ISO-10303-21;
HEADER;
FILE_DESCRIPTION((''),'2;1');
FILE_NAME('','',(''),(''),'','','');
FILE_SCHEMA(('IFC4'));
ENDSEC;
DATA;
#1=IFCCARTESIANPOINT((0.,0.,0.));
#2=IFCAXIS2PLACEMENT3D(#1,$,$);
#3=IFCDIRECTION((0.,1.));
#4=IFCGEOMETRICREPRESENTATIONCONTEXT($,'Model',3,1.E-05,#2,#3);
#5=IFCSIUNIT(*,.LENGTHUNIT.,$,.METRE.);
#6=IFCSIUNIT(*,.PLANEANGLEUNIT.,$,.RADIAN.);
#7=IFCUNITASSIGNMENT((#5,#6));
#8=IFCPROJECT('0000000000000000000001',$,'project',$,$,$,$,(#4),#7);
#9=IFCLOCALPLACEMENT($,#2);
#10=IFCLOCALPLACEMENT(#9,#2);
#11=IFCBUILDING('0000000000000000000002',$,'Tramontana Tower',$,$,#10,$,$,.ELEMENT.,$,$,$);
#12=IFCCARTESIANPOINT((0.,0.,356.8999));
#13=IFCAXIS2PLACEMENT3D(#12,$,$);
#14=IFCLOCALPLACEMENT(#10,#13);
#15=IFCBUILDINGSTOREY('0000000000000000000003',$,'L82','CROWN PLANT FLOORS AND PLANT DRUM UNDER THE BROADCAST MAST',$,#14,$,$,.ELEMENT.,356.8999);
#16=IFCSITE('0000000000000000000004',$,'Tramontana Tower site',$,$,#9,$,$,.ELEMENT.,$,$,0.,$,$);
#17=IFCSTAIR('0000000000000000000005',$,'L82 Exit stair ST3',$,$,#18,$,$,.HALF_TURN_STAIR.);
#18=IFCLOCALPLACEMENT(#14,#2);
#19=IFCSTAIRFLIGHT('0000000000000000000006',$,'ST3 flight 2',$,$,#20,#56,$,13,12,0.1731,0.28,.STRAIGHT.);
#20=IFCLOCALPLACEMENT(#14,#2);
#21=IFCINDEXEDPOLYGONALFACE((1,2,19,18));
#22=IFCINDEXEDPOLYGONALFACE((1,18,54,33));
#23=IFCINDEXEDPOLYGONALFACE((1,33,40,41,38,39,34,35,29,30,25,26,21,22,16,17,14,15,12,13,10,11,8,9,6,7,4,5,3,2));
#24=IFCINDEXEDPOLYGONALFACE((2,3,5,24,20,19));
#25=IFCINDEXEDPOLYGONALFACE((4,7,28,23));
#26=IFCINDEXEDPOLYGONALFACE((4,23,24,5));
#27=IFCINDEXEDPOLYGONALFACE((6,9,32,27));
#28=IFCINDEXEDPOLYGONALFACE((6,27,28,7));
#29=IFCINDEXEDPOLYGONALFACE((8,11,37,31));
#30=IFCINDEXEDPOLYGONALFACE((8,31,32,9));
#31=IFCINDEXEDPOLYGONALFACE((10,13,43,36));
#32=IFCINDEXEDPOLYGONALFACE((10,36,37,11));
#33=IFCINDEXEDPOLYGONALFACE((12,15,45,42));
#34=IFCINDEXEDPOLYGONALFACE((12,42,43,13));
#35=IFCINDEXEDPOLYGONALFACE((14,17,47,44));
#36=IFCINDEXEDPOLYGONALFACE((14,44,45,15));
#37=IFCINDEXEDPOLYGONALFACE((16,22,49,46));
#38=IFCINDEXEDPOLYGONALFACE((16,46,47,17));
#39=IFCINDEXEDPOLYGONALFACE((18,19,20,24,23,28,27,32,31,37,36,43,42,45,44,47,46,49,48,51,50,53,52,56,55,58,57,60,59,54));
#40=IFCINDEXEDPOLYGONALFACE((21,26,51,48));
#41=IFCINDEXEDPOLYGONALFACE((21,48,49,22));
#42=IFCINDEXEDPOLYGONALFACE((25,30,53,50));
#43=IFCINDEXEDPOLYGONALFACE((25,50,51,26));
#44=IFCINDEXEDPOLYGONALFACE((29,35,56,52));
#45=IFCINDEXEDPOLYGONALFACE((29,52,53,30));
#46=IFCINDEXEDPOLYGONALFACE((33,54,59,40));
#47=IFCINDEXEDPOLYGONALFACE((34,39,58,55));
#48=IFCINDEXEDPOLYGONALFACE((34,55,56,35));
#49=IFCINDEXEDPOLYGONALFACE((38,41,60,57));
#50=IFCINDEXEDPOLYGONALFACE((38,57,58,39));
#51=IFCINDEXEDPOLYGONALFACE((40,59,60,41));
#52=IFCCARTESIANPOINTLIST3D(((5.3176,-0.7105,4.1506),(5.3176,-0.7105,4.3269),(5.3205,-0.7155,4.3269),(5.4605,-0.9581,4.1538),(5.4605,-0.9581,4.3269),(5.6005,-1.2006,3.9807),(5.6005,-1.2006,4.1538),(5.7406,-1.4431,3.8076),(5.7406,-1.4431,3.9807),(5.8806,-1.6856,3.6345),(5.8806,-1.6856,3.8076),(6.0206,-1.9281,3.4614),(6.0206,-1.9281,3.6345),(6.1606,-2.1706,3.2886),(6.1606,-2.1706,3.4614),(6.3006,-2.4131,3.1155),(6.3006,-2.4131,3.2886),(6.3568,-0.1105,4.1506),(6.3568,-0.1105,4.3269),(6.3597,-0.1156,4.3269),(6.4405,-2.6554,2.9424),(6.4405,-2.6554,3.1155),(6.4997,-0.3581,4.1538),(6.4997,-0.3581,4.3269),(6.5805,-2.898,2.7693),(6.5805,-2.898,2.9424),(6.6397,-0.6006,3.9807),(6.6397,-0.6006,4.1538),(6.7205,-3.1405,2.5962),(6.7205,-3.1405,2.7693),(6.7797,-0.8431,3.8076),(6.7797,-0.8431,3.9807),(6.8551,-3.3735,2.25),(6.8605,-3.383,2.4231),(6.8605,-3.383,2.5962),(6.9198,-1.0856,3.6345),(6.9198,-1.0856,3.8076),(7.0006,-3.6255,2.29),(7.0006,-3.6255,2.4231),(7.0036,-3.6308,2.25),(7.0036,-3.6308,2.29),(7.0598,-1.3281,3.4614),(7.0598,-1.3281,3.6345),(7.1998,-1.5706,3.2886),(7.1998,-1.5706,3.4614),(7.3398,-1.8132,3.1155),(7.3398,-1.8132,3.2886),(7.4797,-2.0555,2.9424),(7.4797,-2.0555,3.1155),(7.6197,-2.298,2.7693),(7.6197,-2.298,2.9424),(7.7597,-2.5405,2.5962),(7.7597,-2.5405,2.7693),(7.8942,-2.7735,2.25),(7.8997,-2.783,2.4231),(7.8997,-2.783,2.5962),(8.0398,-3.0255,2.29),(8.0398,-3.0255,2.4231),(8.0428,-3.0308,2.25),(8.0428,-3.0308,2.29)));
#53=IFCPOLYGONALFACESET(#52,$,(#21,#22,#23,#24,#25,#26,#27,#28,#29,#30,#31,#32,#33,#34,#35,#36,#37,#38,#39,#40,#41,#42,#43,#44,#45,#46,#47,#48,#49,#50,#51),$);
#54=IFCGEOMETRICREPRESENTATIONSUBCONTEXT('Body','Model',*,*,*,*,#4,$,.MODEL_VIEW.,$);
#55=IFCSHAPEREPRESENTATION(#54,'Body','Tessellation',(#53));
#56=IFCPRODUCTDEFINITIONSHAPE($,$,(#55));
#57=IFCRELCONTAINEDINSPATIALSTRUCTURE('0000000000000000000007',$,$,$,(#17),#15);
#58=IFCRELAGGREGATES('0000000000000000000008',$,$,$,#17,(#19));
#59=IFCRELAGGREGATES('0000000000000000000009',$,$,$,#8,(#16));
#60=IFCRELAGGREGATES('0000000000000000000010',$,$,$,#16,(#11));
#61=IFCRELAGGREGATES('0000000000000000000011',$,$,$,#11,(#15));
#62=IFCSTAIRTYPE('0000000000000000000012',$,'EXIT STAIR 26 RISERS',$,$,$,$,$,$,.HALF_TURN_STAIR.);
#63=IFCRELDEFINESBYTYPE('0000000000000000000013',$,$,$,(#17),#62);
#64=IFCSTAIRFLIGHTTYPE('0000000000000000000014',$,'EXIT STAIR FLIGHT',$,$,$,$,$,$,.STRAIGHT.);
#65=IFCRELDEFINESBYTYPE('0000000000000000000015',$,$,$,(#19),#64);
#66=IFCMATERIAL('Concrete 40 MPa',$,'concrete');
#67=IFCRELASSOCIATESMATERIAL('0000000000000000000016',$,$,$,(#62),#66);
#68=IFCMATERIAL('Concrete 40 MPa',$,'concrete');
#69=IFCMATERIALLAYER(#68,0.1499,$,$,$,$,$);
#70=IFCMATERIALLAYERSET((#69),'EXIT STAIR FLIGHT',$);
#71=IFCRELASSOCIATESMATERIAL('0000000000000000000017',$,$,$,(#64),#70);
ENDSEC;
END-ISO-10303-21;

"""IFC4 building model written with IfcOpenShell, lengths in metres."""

from ifc_helpers import new_model, si_unit, direction, frame, origin, place, context, subcontext, project, spatial, polyline, outline, extrude, material, layer, layer_set, type_object, element, aggregate, save


model = new_model("IFC4")

# Units and contexts
model_context = context("Model", 3, precision=1e-05, world=origin(), true_north=direction((0.0, 1.0)))
body_context = subcontext(model_context, "Body", "Model", "MODEL_VIEW")
ifc_project = project(units=[si_unit("LENGTHUNIT", "METRE"), si_unit("PLANEANGLEUNIT", "RADIAN")], contexts=[model_context])

# Site, building, storey
site_placement = place(None, origin())
site = spatial("IfcSite", under=ifc_project, at=site_placement, Name="Tramontana Tower site", CompositionType="ELEMENT", RefElevation=0.0)
building_placement = place(site_placement, origin())
building = spatial("IfcBuilding", under=site, at=building_placement, Name="Tramontana Tower", CompositionType="ELEMENT")
storey_placement = place(building_placement, frame((0.0, 0.0, 356.8999)))
storey = spatial("IfcBuildingStorey", under=building, at=storey_placement, Name="L82", Description="CROWN PLANT FLOORS AND PLANT DRUM UNDER THE BROADCAST MAST", CompositionType="ELEMENT", Elevation=356.8999)

# Stair, stair flight
ifc_material_1 = material(Name="Concrete 40 MPa", Category="concrete")
stair_type = type_object("IfcStairType", Name="EXIT STAIR 26 RISERS", PredefinedType="HALF_TURN_STAIR", material=ifc_material_1)
stair_placement = place(storey_placement, origin())
stair = element("IfcStair", 1, at=stair_placement, inside=storey, type_object=stair_type, Name="L82 Exit stair ST3", PredefinedType="HALF_TURN_STAIR")
ifc_material_2 = material(Name="Concrete 40 MPa", Category="concrete")
ifc_layer_1 = layer(ifc_material_2, 0.1499)
ifc_layer_set_1 = layer_set([ifc_layer_1], Name="EXIT STAIR FLIGHT")
stair_flight_type = type_object("IfcStairFlightType", Name="EXIT STAIR FLIGHT", PredefinedType="STRAIGHT", material=ifc_layer_set_1)
stair_flight_1_placement = place(storey_placement, frame((7.5203, -3.3254, 2.25), z_axis=(0.0, 0.0, 1.0), x_axis=(-0.5, 0.866025, 0.0)))
stair_flight_1 = element("IfcStairFlight", 2, at=stair_flight_1_placement, type_object=stair_flight_type, Name="ST3 flight 2", NumberOfRisers=13, NumberOfTreads=12, PredefinedType="STRAIGHT", RiserHeight=0.1731, TreadLength=0.28, context=body_context, shape_type="SweptSolid", body=[
    extrude(outline(polyline([(-0.0061, 0.0), (-0.0061, 0.04), (0.0, 0.04), (0.0, 0.1731), (0.28, 0.1731), (0.28, 0.3462), (0.5601, 0.3462), (0.5601, 0.5193), (0.8401, 0.5193), (0.8401, 0.6924), (1.1201, 0.6924), (1.1201, 0.8655), (1.3999, 0.8655), (1.3999, 1.0386), (1.6799, 1.0386), (1.6799, 1.2114), (1.96, 1.2114), (1.96, 1.3845), (2.24, 1.3845), (2.24, 1.5576), (2.52, 1.5576), (2.52, 1.7307), (2.8, 1.7307), (2.8, 1.9038), (3.0801, 1.9038), (3.0801, 2.0769), (3.3601, 2.0769), (3.366, 2.0769), (3.366, 1.9006), (0.291, 0.0), (-0.0061, 0.0)])), frame((0.0, 0.6001, 0.0), z_axis=(0.0, -1.0, 0.0), x_axis=(1.0, 0.0, 0.0)), (0.0, 0.0, 1.0), 1.2),
])
aggregate(stair, [stair_flight_1])

save(model, "model.ifc")
